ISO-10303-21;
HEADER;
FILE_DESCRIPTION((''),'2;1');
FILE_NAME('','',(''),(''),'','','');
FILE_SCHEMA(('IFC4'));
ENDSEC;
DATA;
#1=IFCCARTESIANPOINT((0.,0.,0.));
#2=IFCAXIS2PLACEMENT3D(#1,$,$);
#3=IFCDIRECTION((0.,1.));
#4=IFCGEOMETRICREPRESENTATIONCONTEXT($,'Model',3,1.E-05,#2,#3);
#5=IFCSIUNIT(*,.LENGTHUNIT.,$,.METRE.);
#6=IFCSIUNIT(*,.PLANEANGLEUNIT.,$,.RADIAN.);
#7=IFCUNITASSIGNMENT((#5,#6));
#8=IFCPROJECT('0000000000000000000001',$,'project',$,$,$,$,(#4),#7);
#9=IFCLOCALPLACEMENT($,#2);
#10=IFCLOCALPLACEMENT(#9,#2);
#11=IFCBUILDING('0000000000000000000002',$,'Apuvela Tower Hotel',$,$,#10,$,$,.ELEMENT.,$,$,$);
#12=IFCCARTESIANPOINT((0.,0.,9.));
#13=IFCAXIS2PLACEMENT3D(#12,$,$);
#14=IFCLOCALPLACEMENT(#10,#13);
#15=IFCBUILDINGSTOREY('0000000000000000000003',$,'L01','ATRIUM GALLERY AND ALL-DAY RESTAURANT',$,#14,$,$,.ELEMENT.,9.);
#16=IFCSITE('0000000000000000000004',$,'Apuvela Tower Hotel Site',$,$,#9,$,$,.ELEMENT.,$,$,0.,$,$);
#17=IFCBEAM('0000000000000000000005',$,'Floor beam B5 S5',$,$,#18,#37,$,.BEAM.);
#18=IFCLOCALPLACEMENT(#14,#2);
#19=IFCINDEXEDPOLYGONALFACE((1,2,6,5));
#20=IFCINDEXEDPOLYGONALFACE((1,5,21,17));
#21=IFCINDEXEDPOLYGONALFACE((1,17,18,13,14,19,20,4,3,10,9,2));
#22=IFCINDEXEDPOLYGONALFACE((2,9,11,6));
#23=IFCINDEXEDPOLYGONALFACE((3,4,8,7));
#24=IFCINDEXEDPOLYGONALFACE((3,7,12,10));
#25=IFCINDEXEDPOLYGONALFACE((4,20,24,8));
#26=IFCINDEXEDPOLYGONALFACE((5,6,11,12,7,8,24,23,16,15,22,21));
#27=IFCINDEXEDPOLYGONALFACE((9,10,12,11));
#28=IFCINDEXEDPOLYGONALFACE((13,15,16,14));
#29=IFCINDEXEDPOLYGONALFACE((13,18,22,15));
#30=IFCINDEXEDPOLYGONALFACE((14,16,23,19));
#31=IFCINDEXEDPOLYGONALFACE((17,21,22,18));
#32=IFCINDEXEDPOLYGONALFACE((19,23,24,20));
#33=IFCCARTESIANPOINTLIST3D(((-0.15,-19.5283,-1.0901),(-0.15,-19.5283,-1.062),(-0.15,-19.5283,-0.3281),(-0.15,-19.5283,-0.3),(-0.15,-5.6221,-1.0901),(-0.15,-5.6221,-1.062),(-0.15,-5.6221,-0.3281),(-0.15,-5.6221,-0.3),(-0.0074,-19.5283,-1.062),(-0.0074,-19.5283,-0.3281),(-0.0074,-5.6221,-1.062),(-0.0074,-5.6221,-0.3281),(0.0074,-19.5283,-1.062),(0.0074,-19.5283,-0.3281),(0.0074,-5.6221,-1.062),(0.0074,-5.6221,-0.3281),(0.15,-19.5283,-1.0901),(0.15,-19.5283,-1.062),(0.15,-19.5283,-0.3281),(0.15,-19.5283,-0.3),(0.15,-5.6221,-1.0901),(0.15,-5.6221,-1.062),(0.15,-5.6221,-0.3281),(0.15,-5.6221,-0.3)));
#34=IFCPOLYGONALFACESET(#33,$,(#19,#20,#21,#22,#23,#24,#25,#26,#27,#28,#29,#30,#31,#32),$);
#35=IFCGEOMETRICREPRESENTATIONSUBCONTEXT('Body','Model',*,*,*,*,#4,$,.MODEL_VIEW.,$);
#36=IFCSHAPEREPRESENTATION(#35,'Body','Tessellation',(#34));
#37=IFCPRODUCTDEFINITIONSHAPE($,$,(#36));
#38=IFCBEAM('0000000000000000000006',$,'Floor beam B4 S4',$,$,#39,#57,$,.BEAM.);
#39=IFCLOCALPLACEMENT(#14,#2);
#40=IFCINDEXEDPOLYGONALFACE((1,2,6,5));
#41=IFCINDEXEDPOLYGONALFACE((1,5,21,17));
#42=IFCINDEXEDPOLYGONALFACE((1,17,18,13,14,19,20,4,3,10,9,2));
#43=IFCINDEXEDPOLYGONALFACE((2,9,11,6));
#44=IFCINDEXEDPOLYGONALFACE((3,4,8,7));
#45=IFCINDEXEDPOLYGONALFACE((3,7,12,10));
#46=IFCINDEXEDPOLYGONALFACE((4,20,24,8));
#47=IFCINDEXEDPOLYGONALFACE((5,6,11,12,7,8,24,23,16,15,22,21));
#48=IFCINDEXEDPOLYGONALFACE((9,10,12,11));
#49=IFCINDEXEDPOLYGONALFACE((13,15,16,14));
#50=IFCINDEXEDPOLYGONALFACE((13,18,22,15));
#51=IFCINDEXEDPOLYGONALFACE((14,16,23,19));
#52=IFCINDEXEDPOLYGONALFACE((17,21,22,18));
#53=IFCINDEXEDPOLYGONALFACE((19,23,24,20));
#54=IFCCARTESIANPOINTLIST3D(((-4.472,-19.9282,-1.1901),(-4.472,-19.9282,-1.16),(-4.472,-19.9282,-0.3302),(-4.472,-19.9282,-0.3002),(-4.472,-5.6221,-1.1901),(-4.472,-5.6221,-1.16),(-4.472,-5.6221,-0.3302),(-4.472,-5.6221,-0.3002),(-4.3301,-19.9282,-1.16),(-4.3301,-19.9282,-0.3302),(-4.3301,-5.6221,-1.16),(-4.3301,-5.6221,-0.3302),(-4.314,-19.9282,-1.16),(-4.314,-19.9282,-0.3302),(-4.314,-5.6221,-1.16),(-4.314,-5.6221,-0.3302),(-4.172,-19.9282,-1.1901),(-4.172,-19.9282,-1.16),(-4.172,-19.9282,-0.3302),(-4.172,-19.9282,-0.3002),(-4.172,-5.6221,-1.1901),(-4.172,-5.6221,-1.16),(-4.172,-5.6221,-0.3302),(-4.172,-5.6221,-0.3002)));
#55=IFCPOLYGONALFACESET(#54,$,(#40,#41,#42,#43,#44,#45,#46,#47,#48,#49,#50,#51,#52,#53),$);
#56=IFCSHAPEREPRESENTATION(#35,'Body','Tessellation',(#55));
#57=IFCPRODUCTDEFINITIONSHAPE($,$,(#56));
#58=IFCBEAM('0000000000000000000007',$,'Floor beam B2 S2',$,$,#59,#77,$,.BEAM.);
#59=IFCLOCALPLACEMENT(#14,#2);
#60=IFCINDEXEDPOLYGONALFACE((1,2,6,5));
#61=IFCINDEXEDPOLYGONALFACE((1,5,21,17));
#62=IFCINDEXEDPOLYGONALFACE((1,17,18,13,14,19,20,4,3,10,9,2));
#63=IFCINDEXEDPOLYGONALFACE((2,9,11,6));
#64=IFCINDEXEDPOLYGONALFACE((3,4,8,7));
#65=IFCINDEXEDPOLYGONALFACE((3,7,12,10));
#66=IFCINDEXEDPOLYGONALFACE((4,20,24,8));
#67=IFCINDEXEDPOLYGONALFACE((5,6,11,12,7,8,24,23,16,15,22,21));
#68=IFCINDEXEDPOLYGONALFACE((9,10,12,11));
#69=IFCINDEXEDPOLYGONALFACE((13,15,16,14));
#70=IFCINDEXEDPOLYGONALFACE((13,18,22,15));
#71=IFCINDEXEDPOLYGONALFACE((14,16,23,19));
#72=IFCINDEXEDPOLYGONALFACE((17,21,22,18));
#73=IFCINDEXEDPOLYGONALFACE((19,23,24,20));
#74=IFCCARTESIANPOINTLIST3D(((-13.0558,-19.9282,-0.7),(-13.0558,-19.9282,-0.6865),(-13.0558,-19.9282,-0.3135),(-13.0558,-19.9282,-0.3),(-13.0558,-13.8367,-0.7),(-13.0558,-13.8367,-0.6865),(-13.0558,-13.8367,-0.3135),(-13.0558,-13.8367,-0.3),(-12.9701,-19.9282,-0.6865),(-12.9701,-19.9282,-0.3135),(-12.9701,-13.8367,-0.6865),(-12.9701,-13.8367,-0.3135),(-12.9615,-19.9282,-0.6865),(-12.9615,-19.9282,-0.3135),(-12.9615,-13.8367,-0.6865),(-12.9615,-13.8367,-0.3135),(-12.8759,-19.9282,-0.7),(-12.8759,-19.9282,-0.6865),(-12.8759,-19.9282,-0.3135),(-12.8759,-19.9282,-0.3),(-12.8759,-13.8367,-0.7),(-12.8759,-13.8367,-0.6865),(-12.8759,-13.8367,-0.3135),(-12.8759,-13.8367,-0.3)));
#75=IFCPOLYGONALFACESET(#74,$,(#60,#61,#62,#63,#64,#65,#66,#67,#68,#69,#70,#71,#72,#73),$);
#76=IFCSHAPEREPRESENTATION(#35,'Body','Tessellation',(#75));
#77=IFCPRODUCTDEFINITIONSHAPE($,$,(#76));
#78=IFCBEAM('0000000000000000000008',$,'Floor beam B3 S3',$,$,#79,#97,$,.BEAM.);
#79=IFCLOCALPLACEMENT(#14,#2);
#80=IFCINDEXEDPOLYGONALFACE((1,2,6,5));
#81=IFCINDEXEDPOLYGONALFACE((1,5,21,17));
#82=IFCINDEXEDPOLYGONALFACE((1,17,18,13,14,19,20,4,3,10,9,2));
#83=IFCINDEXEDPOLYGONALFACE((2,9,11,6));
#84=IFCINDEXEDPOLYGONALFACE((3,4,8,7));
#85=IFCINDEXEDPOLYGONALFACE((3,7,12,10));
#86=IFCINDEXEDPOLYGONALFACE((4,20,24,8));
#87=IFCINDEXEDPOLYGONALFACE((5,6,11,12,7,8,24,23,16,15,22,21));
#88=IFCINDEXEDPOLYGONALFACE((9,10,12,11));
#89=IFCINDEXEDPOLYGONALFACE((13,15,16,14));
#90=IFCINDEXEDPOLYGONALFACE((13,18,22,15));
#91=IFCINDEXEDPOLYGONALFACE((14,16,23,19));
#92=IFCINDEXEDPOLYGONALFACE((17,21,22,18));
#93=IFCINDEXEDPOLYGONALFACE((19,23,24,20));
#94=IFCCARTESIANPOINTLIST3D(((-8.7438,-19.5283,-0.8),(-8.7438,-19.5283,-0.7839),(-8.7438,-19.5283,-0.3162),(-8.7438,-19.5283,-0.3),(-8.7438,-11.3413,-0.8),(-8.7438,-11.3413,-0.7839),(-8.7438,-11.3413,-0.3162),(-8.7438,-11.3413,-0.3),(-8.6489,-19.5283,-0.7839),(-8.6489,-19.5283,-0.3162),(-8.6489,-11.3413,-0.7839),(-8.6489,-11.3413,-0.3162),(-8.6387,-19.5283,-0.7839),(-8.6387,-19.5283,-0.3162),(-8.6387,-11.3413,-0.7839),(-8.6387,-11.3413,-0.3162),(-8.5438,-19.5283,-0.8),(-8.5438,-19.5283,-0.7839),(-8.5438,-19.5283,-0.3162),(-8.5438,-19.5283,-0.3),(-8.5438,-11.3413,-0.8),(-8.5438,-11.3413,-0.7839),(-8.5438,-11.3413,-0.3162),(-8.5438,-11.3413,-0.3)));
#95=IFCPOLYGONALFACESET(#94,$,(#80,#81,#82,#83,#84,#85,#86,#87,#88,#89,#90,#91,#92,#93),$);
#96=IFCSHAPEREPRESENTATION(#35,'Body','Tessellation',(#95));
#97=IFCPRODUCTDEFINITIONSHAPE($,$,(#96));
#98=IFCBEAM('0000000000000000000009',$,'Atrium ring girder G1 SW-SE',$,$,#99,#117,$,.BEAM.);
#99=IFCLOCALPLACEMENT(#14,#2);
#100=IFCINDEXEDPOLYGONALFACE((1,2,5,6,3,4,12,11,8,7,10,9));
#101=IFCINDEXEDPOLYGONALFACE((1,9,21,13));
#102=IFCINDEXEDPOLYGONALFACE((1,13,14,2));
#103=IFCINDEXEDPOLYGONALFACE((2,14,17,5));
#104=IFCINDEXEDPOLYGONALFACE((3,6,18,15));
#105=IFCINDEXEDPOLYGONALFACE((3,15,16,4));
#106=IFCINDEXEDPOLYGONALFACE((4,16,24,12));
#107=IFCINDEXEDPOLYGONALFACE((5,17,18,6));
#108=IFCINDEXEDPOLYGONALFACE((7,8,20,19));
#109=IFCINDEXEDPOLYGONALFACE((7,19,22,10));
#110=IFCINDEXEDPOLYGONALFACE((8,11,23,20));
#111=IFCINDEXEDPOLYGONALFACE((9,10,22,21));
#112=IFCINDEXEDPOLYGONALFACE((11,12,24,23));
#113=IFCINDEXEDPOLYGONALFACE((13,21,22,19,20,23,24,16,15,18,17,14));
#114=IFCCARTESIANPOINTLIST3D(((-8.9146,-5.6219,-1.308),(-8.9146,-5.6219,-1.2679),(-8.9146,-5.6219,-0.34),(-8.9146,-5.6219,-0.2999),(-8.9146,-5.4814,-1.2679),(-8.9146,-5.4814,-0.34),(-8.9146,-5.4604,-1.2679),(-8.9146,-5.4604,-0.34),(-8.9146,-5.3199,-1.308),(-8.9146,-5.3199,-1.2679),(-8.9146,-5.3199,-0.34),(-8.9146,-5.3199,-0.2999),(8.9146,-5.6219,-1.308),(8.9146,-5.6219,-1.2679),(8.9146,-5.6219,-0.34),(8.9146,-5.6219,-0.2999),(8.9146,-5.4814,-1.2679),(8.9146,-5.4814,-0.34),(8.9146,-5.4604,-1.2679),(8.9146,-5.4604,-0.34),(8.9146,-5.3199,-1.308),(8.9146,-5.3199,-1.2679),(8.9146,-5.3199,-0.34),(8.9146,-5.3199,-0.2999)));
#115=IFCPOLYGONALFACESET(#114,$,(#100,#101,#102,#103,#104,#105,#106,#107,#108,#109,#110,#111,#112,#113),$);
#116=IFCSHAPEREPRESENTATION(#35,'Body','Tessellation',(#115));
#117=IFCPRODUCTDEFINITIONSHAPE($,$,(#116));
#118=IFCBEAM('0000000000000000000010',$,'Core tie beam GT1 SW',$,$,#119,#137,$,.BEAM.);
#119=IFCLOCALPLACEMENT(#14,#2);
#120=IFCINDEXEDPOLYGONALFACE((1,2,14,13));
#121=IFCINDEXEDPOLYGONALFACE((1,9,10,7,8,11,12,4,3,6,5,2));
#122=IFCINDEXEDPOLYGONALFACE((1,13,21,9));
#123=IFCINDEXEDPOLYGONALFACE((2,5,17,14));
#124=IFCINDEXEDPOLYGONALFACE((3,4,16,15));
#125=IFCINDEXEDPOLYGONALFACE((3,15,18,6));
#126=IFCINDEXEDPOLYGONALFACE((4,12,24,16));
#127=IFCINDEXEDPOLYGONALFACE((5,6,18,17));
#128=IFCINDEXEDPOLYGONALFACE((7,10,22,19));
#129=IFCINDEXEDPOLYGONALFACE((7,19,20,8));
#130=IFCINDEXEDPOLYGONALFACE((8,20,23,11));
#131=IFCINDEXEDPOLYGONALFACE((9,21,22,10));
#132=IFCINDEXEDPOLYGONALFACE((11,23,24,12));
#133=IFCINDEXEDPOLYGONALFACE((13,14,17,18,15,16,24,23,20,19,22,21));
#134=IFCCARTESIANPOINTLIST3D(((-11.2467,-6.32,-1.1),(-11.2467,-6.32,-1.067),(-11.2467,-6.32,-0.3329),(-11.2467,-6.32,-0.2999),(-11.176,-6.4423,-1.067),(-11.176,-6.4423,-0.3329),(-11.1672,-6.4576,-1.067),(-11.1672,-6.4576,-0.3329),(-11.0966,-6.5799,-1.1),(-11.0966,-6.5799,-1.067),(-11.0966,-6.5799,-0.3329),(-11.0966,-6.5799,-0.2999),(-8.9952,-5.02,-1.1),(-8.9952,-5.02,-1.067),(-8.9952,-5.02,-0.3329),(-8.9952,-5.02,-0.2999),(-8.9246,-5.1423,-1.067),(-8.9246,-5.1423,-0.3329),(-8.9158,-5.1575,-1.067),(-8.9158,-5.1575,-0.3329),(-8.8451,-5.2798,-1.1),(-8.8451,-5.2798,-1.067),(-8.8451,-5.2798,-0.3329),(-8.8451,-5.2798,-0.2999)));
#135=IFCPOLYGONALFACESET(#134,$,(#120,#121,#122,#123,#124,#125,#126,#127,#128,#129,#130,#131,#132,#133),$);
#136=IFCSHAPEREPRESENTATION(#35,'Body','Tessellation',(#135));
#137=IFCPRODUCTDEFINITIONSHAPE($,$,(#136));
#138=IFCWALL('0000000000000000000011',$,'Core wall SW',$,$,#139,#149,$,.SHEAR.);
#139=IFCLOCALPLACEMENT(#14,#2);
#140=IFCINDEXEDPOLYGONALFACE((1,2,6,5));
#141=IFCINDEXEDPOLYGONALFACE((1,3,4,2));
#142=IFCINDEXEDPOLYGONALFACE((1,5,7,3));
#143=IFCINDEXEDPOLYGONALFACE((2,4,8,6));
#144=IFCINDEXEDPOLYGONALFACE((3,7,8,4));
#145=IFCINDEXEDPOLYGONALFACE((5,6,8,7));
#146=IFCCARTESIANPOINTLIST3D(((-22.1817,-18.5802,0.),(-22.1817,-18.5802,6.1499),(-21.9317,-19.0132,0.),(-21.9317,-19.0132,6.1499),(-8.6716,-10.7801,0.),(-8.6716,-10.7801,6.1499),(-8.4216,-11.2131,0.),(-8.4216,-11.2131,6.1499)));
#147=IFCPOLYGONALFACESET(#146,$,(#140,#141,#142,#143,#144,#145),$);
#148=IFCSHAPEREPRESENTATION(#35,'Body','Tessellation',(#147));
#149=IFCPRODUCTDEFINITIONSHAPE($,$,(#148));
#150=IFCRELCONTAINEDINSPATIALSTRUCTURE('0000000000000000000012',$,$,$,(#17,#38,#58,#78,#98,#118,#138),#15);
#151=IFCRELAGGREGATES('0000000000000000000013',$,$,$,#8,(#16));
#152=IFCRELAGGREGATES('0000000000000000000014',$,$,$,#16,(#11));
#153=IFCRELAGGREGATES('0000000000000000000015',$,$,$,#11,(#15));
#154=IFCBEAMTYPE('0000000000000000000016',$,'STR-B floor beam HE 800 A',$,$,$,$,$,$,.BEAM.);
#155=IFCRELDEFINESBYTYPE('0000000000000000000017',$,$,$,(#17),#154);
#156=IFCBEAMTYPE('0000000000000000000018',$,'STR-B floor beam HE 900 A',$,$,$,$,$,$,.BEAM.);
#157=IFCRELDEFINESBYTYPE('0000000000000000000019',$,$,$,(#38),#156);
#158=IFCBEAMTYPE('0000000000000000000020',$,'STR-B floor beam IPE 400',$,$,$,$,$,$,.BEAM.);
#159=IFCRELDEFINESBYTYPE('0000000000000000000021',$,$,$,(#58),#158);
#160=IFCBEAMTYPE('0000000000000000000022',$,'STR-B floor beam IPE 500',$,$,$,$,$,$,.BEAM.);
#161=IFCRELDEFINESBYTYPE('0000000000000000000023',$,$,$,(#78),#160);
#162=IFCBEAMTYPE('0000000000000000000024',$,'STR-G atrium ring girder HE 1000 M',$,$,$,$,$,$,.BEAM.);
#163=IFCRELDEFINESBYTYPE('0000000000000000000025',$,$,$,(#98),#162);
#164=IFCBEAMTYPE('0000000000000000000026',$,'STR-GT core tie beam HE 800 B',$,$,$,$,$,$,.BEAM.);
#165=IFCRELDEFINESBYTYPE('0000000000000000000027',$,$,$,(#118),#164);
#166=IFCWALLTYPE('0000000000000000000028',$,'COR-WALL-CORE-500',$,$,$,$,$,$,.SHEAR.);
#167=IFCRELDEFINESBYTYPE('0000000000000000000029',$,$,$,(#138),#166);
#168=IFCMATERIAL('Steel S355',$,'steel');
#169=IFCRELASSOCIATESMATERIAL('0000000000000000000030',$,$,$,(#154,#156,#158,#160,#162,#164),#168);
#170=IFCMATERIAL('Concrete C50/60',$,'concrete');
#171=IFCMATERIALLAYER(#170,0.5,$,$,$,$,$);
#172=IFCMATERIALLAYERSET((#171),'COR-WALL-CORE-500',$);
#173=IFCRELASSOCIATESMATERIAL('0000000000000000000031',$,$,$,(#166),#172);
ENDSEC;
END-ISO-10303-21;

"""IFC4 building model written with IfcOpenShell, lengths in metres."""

from ifc_helpers import new_model, si_unit, direction, frame, frame_2d, origin, origin_2d, place, context, subcontext, project, spatial, rectangle, i_section, extrude, material, layer, layer_set, material_profile, profile_set, type_object, element, save


model = new_model("IFC4")

# Units and contexts
model_context = context("Model", 3, precision=1e-05, world=origin(), true_north=direction((0.0, 1.0)))
body_context = subcontext(model_context, "Body", "Model", "MODEL_VIEW")
ifc_project = project(units=[si_unit("LENGTHUNIT", "METRE"), si_unit("PLANEANGLEUNIT", "RADIAN")], contexts=[model_context])

# Site, building, storey
site_placement = place(None, origin())
site = spatial("IfcSite", under=ifc_project, at=site_placement, Name="Apuvela Tower Hotel Site", CompositionType="ELEMENT", RefElevation=0.0)
building_placement = place(site_placement, origin())
building = spatial("IfcBuilding", under=site, at=building_placement, Name="Apuvela Tower Hotel", CompositionType="ELEMENT")
storey_placement = place(building_placement, frame((0.0, 0.0, 9.0)))
storey = spatial("IfcBuildingStorey", under=building, at=storey_placement, Name="L01", Description="ATRIUM GALLERY AND ALL-DAY RESTAURANT", CompositionType="ELEMENT", Elevation=9.0)

# Beams
ifc_material_1 = material(Name="Steel S355", Category="steel")
ifc_material_profile_1 = material_profile(ifc_material_1, i_section(OverallWidth=0.3, OverallDepth=0.79, WebThickness=0.0149, FlangeThickness=0.0281, at=origin_2d()), Name="HE 800 A")
ifc_profile_set_1 = profile_set([ifc_material_profile_1], Name="Steel S355")
beam_type_1 = type_object("IfcBeamType", Name="STR-B floor beam HE 800 A", PredefinedType="BEAM", material=ifc_profile_set_1)
beam_1_placement = place(storey_placement, frame((0.0, -19.5283, -0.6951), z_axis=(0.0, 1.0, 0.0), x_axis=(-1.0, 0.0, 0.0)))
element("IfcBeam", 1, at=beam_1_placement, inside=storey, type_object=beam_type_1, Name="Floor beam B5 S5", PredefinedType="BEAM", context=body_context, shape_type="SweptSolid", body=[
    extrude(i_section(OverallWidth=0.3, OverallDepth=0.79, WebThickness=0.0149, FlangeThickness=0.0281, at=origin_2d()), origin(), (0.0, 0.0, 1.0), 13.9062),
])
ifc_material_profile_2 = material_profile(ifc_material_1, i_section(OverallWidth=0.3, OverallDepth=0.8899, WebThickness=0.0161, FlangeThickness=0.03, at=origin_2d()), Name="HE 900 A")
ifc_profile_set_2 = profile_set([ifc_material_profile_2], Name="Steel S355")
beam_type_2 = type_object("IfcBeamType", Name="STR-B floor beam HE 900 A", PredefinedType="BEAM", material=ifc_profile_set_2)
beam_2_placement = place(storey_placement, frame((-4.322, -19.9282, -0.7451), z_axis=(0.0, 1.0, 0.0), x_axis=(-1.0, 0.0, 0.0)))
element("IfcBeam", 2, at=beam_2_placement, inside=storey, type_object=beam_type_2, Name="Floor beam B4 S4", PredefinedType="BEAM", context=body_context, shape_type="SweptSolid", body=[
    extrude(i_section(OverallWidth=0.3, OverallDepth=0.8899, WebThickness=0.0161, FlangeThickness=0.03, at=origin_2d()), origin(), (0.0, 0.0, 1.0), 14.3062),
])
ifc_material_profile_3 = material_profile(ifc_material_1, i_section(OverallWidth=0.1799, OverallDepth=0.3999, WebThickness=0.0085, FlangeThickness=0.0134, at=origin_2d()), Name="IPE 400")
ifc_profile_set_3 = profile_set([ifc_material_profile_3], Name="Steel S355")
beam_type_3 = type_object("IfcBeamType", Name="STR-B floor beam IPE 400", PredefinedType="BEAM", material=ifc_profile_set_3)
beam_3_placement = place(storey_placement, frame((-12.9658, -19.9282, -0.5), z_axis=(0.0, 1.0, 0.0), x_axis=(-1.0, 0.0, 0.0)))
element("IfcBeam", 3, at=beam_3_placement, inside=storey, type_object=beam_type_3, Name="Floor beam B2 S2", PredefinedType="BEAM", context=body_context, shape_type="SweptSolid", body=[
    extrude(i_section(OverallWidth=0.1799, OverallDepth=0.3999, WebThickness=0.0085, FlangeThickness=0.0134, at=origin_2d()), origin(), (0.0, 0.0, 1.0), 6.0916),
])
ifc_material_profile_4 = material_profile(ifc_material_1, i_section(OverallWidth=0.2, OverallDepth=0.5, WebThickness=0.0103, FlangeThickness=0.0161, at=origin_2d()), Name="IPE 500")
ifc_profile_set_4 = profile_set([ifc_material_profile_4], Name="Steel S355")
beam_type_4 = type_object("IfcBeamType", Name="STR-B floor beam IPE 500", PredefinedType="BEAM", material=ifc_profile_set_4)
beam_4_placement = place(storey_placement, frame((-8.6438, -19.5283, -0.55), z_axis=(0.0, 1.0, 0.0), x_axis=(-1.0, 0.0, 0.0)))
element("IfcBeam", 4, at=beam_4_placement, inside=storey, type_object=beam_type_4, Name="Floor beam B3 S3", PredefinedType="BEAM", context=body_context, shape_type="SweptSolid", body=[
    extrude(i_section(OverallWidth=0.2, OverallDepth=0.5, WebThickness=0.0103, FlangeThickness=0.0161, at=origin_2d()), origin(), (0.0, 0.0, 1.0), 8.187),
])
ifc_material_profile_5 = material_profile(ifc_material_1, i_section(OverallWidth=0.302, OverallDepth=1.0081, WebThickness=0.021, FlangeThickness=0.04, at=origin_2d()), Name="HE 1000 M")
ifc_profile_set_5 = profile_set([ifc_material_profile_5], Name="Steel S355")
beam_type_5 = type_object("IfcBeamType", Name="STR-G atrium ring girder HE 1000 M", PredefinedType="BEAM", material=ifc_profile_set_5)
beam_5_placement = place(storey_placement, frame((-8.9146, -5.4709, -0.804), z_axis=(1.0, 0.0, 0.0), x_axis=(0.0, 1.0, 0.0)))
element("IfcBeam", 5, at=beam_5_placement, inside=storey, type_object=beam_type_5, Name="Atrium ring girder G1 SW-SE", PredefinedType="BEAM", context=body_context, shape_type="SweptSolid", body=[
    extrude(i_section(OverallWidth=0.302, OverallDepth=1.0081, WebThickness=0.021, FlangeThickness=0.04, at=origin_2d()), origin(), (0.0, 0.0, 1.0), 17.8291),
])
ifc_material_profile_6 = material_profile(ifc_material_1, i_section(OverallWidth=0.3, OverallDepth=0.8, WebThickness=0.0176, FlangeThickness=0.033, at=origin_2d()), Name="HE 800 B")
ifc_profile_set_6 = profile_set([ifc_material_profile_6], Name="Steel S355")
beam_type_6 = type_object("IfcBeamType", Name="STR-GT core tie beam HE 800 B", PredefinedType="BEAM", material=ifc_profile_set_6)
beam_6_placement = place(storey_placement, frame((-11.1716, -6.45, -0.7), z_axis=(0.865998, 0.500048, 0.0), x_axis=(-0.500048, 0.865998, 0.0)))
element("IfcBeam", 6, at=beam_6_placement, inside=storey, type_object=beam_type_6, Name="Core tie beam GT1 SW", PredefinedType="BEAM", context=body_context, shape_type="SweptSolid", body=[
    extrude(i_section(OverallWidth=0.3, OverallDepth=0.8, WebThickness=0.0176, FlangeThickness=0.033, at=origin_2d()), origin(), (0.0, 0.0, 1.0), 2.5999),
])

# Wall
ifc_material_2 = material(Name="Concrete C50/60", Category="concrete")
ifc_layer_1 = layer(ifc_material_2, 0.5)
ifc_layer_set_1 = layer_set([ifc_layer_1], Name="COR-WALL-CORE-500")
wall_type_1 = type_object("IfcWallType", Name="COR-WALL-CORE-500", PredefinedType="SHEAR", material=ifc_layer_set_1)
wall_1_placement = place(storey_placement, frame((-8.5466, -10.9966, 0.0), z_axis=(0.0, 0.0, 1.0), x_axis=(-0.866024, -0.500002, 0.0)))
element("IfcWall", 7, at=wall_1_placement, inside=storey, type_object=wall_type_1, Name="Core wall SW", PredefinedType="SHEAR", context=body_context, shape_type="SweptSolid", body=[
    extrude(rectangle(XDim=15.6001, YDim=0.5, at=frame_2d((7.8, 0.0))), origin(), (0.0, 0.0, 1.0), 6.1499),
])

save(model, "model.ifc")
